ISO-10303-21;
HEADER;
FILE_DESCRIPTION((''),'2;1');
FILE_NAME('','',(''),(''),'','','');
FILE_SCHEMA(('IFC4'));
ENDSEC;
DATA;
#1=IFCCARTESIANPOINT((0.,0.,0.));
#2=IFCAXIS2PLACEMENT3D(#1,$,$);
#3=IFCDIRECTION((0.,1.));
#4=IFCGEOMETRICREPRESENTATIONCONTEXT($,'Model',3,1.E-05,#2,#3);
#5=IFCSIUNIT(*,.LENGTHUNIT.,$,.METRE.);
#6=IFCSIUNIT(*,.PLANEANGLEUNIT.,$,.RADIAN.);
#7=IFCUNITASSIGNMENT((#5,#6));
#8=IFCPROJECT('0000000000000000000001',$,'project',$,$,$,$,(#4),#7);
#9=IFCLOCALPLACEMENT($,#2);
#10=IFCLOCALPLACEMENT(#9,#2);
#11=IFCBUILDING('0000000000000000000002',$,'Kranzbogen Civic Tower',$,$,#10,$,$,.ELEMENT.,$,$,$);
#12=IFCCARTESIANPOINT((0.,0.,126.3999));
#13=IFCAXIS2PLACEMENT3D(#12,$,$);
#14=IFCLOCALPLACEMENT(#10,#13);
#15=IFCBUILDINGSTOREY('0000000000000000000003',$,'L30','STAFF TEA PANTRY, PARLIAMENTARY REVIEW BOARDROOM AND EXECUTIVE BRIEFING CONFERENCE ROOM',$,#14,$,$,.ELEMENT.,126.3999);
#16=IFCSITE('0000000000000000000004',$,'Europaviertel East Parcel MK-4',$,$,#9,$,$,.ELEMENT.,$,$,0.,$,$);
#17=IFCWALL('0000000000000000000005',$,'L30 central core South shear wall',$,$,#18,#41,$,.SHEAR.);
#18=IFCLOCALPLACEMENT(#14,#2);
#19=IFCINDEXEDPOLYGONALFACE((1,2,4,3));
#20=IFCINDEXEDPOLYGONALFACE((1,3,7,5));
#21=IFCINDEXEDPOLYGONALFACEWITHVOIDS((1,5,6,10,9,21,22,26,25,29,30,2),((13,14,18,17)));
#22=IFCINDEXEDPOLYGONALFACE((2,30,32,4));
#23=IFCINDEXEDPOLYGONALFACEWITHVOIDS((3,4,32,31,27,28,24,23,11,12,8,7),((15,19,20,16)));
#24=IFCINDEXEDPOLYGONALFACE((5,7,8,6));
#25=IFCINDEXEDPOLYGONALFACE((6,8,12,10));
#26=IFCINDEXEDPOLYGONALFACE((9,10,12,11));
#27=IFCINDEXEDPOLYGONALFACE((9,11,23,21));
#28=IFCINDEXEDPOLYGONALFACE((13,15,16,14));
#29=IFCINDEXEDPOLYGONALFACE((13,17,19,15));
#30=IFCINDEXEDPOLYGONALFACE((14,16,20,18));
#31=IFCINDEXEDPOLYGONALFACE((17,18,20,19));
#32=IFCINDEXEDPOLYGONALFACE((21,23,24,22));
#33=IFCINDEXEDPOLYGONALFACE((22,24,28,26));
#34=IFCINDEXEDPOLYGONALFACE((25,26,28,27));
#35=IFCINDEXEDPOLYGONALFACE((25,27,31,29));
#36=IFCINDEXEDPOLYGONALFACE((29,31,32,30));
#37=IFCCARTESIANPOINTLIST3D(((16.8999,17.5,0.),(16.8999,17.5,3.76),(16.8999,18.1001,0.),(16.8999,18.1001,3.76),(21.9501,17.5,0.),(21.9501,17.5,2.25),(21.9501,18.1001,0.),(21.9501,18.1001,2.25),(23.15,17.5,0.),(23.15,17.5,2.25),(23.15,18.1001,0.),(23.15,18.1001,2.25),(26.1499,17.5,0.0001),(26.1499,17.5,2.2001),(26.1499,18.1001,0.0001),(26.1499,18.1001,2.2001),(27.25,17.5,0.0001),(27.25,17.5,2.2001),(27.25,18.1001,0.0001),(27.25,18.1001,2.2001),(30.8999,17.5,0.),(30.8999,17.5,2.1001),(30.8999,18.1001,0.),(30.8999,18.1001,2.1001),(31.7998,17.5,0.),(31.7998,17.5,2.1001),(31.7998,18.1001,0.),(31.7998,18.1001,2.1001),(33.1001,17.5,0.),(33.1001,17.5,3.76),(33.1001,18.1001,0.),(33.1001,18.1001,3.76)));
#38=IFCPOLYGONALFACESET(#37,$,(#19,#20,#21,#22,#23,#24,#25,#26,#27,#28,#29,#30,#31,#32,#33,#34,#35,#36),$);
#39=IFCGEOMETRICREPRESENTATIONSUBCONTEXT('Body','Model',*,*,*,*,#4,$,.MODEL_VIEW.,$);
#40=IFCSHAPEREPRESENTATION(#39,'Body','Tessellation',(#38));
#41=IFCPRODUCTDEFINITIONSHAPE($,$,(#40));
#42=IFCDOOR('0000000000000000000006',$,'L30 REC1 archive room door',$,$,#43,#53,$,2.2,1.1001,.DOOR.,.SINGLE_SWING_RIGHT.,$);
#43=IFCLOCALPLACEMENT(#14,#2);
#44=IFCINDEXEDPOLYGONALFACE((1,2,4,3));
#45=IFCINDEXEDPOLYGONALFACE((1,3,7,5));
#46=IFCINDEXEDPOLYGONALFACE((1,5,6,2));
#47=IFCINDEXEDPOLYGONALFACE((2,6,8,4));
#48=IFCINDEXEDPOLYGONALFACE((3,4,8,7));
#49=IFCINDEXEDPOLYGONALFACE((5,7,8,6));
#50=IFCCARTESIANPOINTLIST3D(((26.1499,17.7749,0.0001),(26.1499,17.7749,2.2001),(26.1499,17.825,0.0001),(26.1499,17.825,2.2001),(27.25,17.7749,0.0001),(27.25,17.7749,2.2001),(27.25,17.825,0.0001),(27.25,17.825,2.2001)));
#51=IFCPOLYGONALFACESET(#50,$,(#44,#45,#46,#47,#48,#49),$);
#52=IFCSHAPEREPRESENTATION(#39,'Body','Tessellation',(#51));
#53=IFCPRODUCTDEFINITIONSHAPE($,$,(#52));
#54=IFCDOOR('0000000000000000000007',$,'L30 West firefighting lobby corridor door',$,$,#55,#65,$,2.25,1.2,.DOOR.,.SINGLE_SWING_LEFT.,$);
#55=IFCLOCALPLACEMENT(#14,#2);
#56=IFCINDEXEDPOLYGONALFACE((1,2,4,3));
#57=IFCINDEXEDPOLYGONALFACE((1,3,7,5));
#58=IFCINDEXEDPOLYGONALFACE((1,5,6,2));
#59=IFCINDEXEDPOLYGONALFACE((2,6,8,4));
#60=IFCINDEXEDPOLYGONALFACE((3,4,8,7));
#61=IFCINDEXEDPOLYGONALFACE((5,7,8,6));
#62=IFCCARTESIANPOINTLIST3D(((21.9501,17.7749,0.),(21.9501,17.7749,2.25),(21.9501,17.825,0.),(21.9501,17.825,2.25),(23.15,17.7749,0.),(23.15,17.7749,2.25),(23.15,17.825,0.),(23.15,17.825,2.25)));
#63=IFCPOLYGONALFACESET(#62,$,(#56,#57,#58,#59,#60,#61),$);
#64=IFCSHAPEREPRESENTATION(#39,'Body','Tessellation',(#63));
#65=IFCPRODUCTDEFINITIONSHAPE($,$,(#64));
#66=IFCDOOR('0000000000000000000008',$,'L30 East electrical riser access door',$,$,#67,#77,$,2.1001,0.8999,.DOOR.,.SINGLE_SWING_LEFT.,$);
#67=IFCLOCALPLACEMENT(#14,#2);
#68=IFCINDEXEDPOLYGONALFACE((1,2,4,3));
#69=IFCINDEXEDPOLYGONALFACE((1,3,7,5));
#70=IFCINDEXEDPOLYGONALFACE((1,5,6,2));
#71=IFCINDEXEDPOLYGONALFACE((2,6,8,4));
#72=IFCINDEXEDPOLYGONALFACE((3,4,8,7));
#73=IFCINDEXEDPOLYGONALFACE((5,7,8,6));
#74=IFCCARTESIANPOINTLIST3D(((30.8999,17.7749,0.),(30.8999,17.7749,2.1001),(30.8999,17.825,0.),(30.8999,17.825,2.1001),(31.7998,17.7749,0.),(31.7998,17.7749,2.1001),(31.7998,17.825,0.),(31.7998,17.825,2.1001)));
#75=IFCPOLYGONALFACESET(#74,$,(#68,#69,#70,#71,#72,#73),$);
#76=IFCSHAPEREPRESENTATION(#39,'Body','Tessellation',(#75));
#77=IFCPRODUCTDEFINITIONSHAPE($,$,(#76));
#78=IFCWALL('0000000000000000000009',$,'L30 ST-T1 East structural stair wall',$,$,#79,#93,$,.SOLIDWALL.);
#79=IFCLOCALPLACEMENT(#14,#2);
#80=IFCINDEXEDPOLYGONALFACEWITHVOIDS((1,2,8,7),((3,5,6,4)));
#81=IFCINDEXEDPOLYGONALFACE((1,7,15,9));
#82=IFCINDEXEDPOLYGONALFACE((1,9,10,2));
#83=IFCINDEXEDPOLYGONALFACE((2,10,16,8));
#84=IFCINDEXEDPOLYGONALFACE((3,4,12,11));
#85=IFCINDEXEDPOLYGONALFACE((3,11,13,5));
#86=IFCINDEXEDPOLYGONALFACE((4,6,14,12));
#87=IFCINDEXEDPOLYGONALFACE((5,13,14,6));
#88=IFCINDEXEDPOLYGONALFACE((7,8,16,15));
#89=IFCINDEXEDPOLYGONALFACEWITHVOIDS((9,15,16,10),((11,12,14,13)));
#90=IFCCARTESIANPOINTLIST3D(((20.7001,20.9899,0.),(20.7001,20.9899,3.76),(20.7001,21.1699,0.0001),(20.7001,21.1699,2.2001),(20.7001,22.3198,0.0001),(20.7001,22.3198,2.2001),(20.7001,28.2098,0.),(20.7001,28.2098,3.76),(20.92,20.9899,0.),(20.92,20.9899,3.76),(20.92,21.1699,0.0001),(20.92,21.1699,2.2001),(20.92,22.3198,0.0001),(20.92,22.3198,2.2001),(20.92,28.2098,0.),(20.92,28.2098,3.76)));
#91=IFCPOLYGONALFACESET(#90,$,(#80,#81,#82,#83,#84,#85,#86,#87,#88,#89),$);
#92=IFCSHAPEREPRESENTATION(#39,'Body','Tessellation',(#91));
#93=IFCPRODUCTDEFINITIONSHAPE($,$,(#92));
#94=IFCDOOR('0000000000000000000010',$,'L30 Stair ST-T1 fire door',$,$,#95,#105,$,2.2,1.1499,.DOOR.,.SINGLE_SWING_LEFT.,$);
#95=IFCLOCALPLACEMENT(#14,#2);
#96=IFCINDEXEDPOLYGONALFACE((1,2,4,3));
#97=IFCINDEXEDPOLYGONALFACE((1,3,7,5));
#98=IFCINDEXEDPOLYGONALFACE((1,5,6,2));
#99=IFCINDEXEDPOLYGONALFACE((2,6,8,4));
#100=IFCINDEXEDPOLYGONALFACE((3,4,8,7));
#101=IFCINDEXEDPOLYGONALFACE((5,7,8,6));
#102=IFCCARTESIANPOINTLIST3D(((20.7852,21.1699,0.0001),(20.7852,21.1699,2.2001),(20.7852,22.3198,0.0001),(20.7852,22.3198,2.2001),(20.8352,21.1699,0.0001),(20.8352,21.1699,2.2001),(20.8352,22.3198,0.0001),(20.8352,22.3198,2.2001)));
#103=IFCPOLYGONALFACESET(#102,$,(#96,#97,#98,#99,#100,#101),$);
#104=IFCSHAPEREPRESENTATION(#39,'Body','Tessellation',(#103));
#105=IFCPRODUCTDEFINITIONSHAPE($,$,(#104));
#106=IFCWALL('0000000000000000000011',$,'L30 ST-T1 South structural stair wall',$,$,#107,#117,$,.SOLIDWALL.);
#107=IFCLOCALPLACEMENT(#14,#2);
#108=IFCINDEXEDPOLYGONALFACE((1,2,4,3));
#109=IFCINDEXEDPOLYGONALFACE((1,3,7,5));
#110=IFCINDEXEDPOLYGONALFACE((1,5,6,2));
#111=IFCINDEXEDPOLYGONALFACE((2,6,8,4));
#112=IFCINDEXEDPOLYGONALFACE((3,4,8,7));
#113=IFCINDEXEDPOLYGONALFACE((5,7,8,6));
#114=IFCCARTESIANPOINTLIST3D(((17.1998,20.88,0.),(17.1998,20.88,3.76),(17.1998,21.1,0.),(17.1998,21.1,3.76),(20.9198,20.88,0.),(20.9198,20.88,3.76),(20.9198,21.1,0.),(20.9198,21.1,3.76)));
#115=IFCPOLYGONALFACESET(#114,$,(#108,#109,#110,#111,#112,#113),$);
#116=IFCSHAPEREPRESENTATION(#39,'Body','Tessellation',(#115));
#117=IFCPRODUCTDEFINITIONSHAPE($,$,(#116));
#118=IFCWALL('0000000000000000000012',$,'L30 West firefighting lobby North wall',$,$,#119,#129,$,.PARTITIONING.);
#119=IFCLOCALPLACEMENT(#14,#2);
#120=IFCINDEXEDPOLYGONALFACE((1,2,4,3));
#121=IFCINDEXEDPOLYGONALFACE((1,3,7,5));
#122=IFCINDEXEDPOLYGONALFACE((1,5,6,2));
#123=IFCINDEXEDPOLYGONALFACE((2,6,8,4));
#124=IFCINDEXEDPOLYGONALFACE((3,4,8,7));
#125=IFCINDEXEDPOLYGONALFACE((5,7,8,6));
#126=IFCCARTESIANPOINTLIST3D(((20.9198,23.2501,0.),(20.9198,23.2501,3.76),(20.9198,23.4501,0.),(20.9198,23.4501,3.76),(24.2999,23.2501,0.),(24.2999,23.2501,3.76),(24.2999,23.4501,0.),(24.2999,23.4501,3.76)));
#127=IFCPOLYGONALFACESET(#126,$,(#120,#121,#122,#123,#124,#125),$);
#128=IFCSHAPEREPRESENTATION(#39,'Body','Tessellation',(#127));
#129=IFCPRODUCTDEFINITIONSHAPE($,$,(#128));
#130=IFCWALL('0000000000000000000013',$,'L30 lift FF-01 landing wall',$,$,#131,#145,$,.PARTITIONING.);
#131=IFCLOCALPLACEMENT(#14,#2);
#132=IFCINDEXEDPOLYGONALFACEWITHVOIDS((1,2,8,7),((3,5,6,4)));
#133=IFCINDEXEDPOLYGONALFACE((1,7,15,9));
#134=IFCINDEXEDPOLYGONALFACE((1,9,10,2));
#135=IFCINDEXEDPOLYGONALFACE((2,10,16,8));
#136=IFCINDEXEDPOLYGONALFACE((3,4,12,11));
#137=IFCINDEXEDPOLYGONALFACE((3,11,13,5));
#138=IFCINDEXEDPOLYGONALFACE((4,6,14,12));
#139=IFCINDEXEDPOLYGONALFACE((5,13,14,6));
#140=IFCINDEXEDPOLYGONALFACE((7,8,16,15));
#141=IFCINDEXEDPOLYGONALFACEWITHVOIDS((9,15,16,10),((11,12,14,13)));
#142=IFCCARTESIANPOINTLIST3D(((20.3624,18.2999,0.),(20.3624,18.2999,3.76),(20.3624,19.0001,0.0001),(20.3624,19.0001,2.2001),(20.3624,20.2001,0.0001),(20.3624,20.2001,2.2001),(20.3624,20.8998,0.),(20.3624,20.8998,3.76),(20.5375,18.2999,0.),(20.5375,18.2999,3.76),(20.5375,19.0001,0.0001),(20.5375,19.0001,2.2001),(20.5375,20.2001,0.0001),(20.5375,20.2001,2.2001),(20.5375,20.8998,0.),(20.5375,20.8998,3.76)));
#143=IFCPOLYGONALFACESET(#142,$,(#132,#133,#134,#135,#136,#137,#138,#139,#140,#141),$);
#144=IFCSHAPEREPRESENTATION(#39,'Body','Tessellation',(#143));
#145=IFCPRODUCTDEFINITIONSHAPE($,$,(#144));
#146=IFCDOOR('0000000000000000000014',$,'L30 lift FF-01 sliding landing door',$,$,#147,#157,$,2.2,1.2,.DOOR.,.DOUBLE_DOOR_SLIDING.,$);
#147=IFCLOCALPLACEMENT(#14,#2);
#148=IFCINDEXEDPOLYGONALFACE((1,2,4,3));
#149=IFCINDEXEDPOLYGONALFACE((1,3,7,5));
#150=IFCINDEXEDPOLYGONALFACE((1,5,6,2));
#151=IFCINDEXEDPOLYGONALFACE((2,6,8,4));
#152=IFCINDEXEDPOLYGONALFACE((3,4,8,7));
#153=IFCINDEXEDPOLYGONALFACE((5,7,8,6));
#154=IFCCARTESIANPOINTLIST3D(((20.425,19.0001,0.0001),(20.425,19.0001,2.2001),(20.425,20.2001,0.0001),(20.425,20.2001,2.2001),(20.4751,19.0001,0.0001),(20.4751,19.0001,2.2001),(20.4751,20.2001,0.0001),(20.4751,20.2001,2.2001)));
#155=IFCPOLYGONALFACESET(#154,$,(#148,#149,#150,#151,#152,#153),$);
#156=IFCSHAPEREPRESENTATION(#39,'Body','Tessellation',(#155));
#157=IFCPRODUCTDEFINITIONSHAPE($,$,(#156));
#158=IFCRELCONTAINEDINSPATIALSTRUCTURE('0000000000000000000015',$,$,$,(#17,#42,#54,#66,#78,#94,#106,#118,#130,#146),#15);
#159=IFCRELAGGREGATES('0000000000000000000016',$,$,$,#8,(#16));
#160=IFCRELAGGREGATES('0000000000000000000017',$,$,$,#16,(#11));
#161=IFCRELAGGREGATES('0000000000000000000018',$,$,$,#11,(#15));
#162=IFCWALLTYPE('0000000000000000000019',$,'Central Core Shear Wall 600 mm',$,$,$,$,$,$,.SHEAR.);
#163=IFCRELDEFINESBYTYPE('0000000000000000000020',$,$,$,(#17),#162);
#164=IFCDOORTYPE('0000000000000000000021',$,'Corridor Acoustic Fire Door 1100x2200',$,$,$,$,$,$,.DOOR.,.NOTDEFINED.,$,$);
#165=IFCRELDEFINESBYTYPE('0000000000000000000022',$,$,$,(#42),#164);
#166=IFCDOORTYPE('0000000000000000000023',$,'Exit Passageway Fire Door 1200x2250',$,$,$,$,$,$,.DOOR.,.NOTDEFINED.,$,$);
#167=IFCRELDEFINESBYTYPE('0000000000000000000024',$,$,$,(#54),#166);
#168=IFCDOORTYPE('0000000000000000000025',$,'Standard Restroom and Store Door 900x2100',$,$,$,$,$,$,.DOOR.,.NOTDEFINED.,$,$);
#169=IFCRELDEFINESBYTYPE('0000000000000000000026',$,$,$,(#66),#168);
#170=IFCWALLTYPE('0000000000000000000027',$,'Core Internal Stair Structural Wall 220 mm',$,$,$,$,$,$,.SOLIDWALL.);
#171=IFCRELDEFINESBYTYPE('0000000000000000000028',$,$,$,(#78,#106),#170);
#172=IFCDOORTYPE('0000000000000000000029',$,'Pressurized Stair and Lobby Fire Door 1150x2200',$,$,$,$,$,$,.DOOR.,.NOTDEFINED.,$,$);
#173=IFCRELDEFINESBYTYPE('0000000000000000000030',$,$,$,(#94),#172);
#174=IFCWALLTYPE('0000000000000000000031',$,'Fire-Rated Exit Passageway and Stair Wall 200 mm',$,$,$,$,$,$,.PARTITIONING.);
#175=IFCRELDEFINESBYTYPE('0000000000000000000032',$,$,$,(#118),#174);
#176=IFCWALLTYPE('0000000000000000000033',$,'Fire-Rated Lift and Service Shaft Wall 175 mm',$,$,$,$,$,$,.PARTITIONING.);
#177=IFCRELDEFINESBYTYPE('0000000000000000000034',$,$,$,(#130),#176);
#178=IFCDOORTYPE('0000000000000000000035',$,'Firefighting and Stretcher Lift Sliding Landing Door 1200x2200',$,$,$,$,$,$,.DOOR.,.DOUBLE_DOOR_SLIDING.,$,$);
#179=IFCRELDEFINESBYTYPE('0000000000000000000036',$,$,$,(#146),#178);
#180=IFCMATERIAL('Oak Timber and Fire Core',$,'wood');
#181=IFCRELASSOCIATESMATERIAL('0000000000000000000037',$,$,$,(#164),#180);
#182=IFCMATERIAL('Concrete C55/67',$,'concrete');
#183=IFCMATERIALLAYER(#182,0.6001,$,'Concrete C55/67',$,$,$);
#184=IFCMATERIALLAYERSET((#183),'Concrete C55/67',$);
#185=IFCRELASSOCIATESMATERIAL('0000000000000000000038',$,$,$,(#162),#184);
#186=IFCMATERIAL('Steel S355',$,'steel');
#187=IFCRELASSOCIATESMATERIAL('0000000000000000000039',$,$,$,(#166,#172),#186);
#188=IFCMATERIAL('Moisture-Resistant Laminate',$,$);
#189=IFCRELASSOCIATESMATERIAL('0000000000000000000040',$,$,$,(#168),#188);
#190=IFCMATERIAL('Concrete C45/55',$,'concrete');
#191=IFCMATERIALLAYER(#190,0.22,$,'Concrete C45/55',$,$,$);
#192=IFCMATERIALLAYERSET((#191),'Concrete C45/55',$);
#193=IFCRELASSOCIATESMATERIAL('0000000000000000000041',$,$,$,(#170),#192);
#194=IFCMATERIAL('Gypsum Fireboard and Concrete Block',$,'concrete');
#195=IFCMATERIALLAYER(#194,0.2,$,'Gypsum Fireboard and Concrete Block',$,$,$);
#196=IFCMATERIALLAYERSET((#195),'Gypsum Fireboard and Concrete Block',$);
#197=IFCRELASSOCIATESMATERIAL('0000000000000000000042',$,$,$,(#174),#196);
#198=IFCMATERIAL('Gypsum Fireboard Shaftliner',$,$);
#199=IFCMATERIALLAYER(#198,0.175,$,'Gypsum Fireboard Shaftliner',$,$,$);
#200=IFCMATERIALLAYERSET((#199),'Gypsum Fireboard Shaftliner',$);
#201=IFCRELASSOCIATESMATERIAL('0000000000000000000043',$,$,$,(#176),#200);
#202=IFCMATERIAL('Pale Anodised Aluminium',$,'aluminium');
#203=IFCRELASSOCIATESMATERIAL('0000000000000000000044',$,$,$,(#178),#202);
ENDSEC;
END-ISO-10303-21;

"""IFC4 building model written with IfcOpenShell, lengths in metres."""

from ifc_helpers import new_model, si_unit, direction, frame, frame_2d, origin, place, context, subcontext, project, spatial, rectangle, extrude, material, layer, layer_set, type_object, element, fill, save


model = new_model("IFC4")

# Units and contexts
model_context = context("Model", 3, precision=1e-05, world=origin(), true_north=direction((0.0, 1.0)))
body_context = subcontext(model_context, "Body", "Model", "MODEL_VIEW")
ifc_project = project(units=[si_unit("LENGTHUNIT", "METRE"), si_unit("PLANEANGLEUNIT", "RADIAN")], contexts=[model_context])

# Site, building, storey
site_placement = place(None, origin())
site = spatial("IfcSite", under=ifc_project, at=site_placement, Name="Europaviertel East Parcel MK-4", CompositionType="ELEMENT", RefElevation=0.0)
building_placement = place(site_placement, origin())
building = spatial("IfcBuilding", under=site, at=building_placement, Name="Kranzbogen Civic Tower", CompositionType="ELEMENT")
storey_placement = place(building_placement, frame((0.0, 0.0, 126.3999)))
storey = spatial("IfcBuildingStorey", under=building, at=storey_placement, Name="L30", Description="STAFF TEA PANTRY, PARLIAMENTARY REVIEW BOARDROOM AND EXECUTIVE BRIEFING CONFERENCE ROOM", CompositionType="ELEMENT", Elevation=126.3999)

# Shared definitions
ifc_material_1 = material(Name="Steel S355", Category="steel")

# Shared definitions
ifc_material_2 = material(Name="Oak Timber and Fire Core", Category="wood")
door_type_1 = type_object("IfcDoorType", Name="Corridor Acoustic Fire Door 1100x2200", OperationType="NOTDEFINED", PredefinedType="DOOR", material=ifc_material_2)

# Wall, openings, doors
ifc_material_3 = material(Name="Concrete C55/67", Category="concrete")
ifc_layer_1 = layer(ifc_material_3, 0.6001, Name="Concrete C55/67")
ifc_layer_set_1 = layer_set([ifc_layer_1], Name="Concrete C55/67")
wall_type_1 = type_object("IfcWallType", Name="Central Core Shear Wall 600 mm", PredefinedType="SHEAR", material=ifc_layer_set_1)
wall_1_placement = place(storey_placement, frame((16.8999, 17.8, 0.0), z_axis=(0.0, 0.0, 1.0), x_axis=(1.0, 0.0, 0.0)))
wall_1 = element("IfcWall", 1, at=wall_1_placement, inside=storey, type_object=wall_type_1, Name="L30 central core South shear wall", PredefinedType="SHEAR", context=body_context, shape_type="SweptSolid", body=[
    extrude(rectangle(XDim=16.2002, YDim=0.6001, at=frame_2d((8.1001, 0.0))), origin(), (0.0, 0.0, 1.0), 3.76),
])
opening_1_placement = place(wall_1_placement, frame((5.05, 0.0, 0.0)))
opening_1 = element("IfcOpeningElement", 2, at=opening_1_placement, cuts=wall_1, PredefinedType="OPENING", context=body_context, shape_type="SweptSolid", body=[
    extrude(rectangle(XDim=1.2, YDim=2.25, at=frame_2d((0.6001, 1.125))), frame((0.0, 0.3101, 0.0), z_axis=(0.0, -1.0, 0.0), x_axis=(1.0, 0.0, 0.0)), (0.0, 0.0, 1.0), 0.6201),
])
opening_2_placement = place(wall_1_placement, frame((14.0, 0.0, 0.0)))
opening_2 = element("IfcOpeningElement", 3, at=opening_2_placement, cuts=wall_1, PredefinedType="OPENING", context=body_context, shape_type="SweptSolid", body=[
    extrude(rectangle(XDim=0.8999, YDim=2.1001, at=frame_2d((0.45, 1.05))), frame((0.0, 0.3101, 0.0), z_axis=(0.0, -1.0, 0.0), x_axis=(1.0, 0.0, 0.0)), (0.0, 0.0, 1.0), 0.6201),
])
opening_3_placement = place(wall_1_placement, frame((9.25, 0.0, 0.0)))
opening_3 = element("IfcOpeningElement", 4, at=opening_3_placement, cuts=wall_1, PredefinedType="OPENING", context=body_context, shape_type="SweptSolid", body=[
    extrude(rectangle(XDim=1.1001, YDim=2.2, at=frame_2d((0.55, 1.1001))), frame((0.0, 0.3101, 0.0), z_axis=(0.0, -1.0, 0.0), x_axis=(1.0, 0.0, 0.0)), (0.0, 0.0, 1.0), 0.6201),
])
door_1_placement = place(opening_3_placement, origin())
door_1 = element("IfcDoor", 5, at=door_1_placement, inside=storey, type_object=door_type_1, Name="L30 REC1 archive room door", OperationType="SINGLE_SWING_RIGHT", OverallHeight=2.2, OverallWidth=1.1001, PredefinedType="DOOR", context=body_context, shape_type="SweptSolid", body=[
    extrude(rectangle(XDim=1.1001, YDim=2.2, at=frame_2d((0.55, 1.1001))), frame((0.0, 0.0249, 0.0), z_axis=(0.0, -1.0, 0.0), x_axis=(1.0, 0.0, 0.0)), (0.0, 0.0, 1.0), 0.05),
])
fill(opening_3, door_1)
door_type_2 = type_object("IfcDoorType", Name="Exit Passageway Fire Door 1200x2250", OperationType="NOTDEFINED", PredefinedType="DOOR", material=ifc_material_1)
door_2_placement = place(opening_1_placement, origin())
door_2 = element("IfcDoor", 6, at=door_2_placement, inside=storey, type_object=door_type_2, Name="L30 West firefighting lobby corridor door", OperationType="SINGLE_SWING_LEFT", OverallHeight=2.25, OverallWidth=1.2, PredefinedType="DOOR", context=body_context, shape_type="SweptSolid", body=[
    extrude(rectangle(XDim=1.2, YDim=2.25, at=frame_2d((0.6001, 1.125))), frame((0.0, 0.0249, 0.0), z_axis=(0.0, -1.0, 0.0), x_axis=(1.0, 0.0, 0.0)), (0.0, 0.0, 1.0), 0.05),
])
fill(opening_1, door_2)
ifc_material_4 = material(Name="Moisture-Resistant Laminate")
door_type_3 = type_object("IfcDoorType", Name="Standard Restroom and Store Door 900x2100", OperationType="NOTDEFINED", PredefinedType="DOOR", material=ifc_material_4)
door_3_placement = place(opening_2_placement, origin())
door_3 = element("IfcDoor", 7, at=door_3_placement, inside=storey, type_object=door_type_3, Name="L30 East electrical riser access door", OperationType="SINGLE_SWING_LEFT", OverallHeight=2.1001, OverallWidth=0.8999, PredefinedType="DOOR", context=body_context, shape_type="SweptSolid", body=[
    extrude(rectangle(XDim=0.8999, YDim=2.1001, at=frame_2d((0.45, 1.05))), frame((0.0, 0.0249, 0.0), z_axis=(0.0, -1.0, 0.0), x_axis=(1.0, 0.0, 0.0)), (0.0, 0.0, 1.0), 0.05),
])
fill(opening_2, door_3)

# Wall, opening, door
ifc_material_5 = material(Name="Concrete C45/55", Category="concrete")
ifc_layer_2 = layer(ifc_material_5, 0.22, Name="Concrete C45/55")
ifc_layer_set_2 = layer_set([ifc_layer_2], Name="Concrete C45/55")
wall_type_2 = type_object("IfcWallType", Name="Core Internal Stair Structural Wall 220 mm", PredefinedType="SOLIDWALL", material=ifc_layer_set_2)
wall_2_placement = place(storey_placement, frame((20.8101, 20.99, 0.0), z_axis=(0.0, 0.0, 1.0), x_axis=(0.0, 1.0, 0.0)))
wall_2 = element("IfcWall", 8, at=wall_2_placement, inside=storey, type_object=wall_type_2, Name="L30 ST-T1 East structural stair wall", PredefinedType="SOLIDWALL", context=body_context, shape_type="SweptSolid", body=[
    extrude(rectangle(XDim=7.22, YDim=0.22, at=frame_2d((3.6099, 0.0))), origin(), (0.0, 0.0, 1.0), 3.76),
])
opening_4_placement = place(wall_2_placement, frame((0.1799, 0.0, 0.0)))
opening_4 = element("IfcOpeningElement", 9, at=opening_4_placement, cuts=wall_2, PredefinedType="OPENING", context=body_context, shape_type="SweptSolid", body=[
    extrude(rectangle(XDim=1.1499, YDim=2.2, at=frame_2d((0.575, 1.1001))), frame((0.0, 0.1201, 0.0), z_axis=(0.0, -1.0, 0.0), x_axis=(1.0, 0.0, 0.0)), (0.0, 0.0, 1.0), 0.24),
])
door_type_4 = type_object("IfcDoorType", Name="Pressurized Stair and Lobby Fire Door 1150x2200", OperationType="NOTDEFINED", PredefinedType="DOOR", material=ifc_material_1)
door_4_placement = place(opening_4_placement, origin())
door_4 = element("IfcDoor", 10, at=door_4_placement, inside=storey, type_object=door_type_4, Name="L30 Stair ST-T1 fire door", OperationType="SINGLE_SWING_LEFT", OverallHeight=2.2, OverallWidth=1.1499, PredefinedType="DOOR", context=body_context, shape_type="SweptSolid", body=[
    extrude(rectangle(XDim=1.1499, YDim=2.2, at=frame_2d((0.575, 1.1001))), frame((0.0, 0.0249, 0.0), z_axis=(0.0, -1.0, 0.0), x_axis=(1.0, 0.0, 0.0)), (0.0, 0.0, 1.0), 0.05),
])
fill(opening_4, door_4)

# Walls
wall_3_placement = place(storey_placement, frame((17.2, 20.99, 0.0), z_axis=(0.0, 0.0, 1.0), x_axis=(1.0, 0.0, 0.0)))
element("IfcWall", 11, at=wall_3_placement, inside=storey, type_object=wall_type_2, Name="L30 ST-T1 South structural stair wall", PredefinedType="SOLIDWALL", context=body_context, shape_type="SweptSolid", body=[
    extrude(rectangle(XDim=3.72, YDim=0.22, at=frame_2d((1.8599, 0.0))), origin(), (0.0, 0.0, 1.0), 3.76),
])
ifc_material_6 = material(Name="Gypsum Fireboard and Concrete Block", Category="concrete")
ifc_layer_3 = layer(ifc_material_6, 0.2, Name="Gypsum Fireboard and Concrete Block")
ifc_layer_set_3 = layer_set([ifc_layer_3], Name="Gypsum Fireboard and Concrete Block")
wall_type_3 = type_object("IfcWallType", Name="Fire-Rated Exit Passageway and Stair Wall 200 mm", PredefinedType="PARTITIONING", material=ifc_layer_set_3)
wall_4_placement = place(storey_placement, frame((20.9199, 23.3501, 0.0), z_axis=(0.0, 0.0, 1.0), x_axis=(1.0, 0.0, 0.0)))
element("IfcWall", 12, at=wall_4_placement, inside=storey, type_object=wall_type_3, Name="L30 West firefighting lobby North wall", PredefinedType="PARTITIONING", context=body_context, shape_type="SweptSolid", body=[
    extrude(rectangle(XDim=3.3801, YDim=0.2, at=frame_2d((1.6899, 0.0))), origin(), (0.0, 0.0, 1.0), 3.76),
])

# Wall, opening, door
ifc_material_7 = material(Name="Gypsum Fireboard Shaftliner")
ifc_layer_4 = layer(ifc_material_7, 0.175, Name="Gypsum Fireboard Shaftliner")
ifc_layer_set_4 = layer_set([ifc_layer_4], Name="Gypsum Fireboard Shaftliner")
wall_type_4 = type_object("IfcWallType", Name="Fire-Rated Lift and Service Shaft Wall 175 mm", PredefinedType="PARTITIONING", material=ifc_layer_set_4)
wall_5_placement = place(storey_placement, frame((20.45, 18.3, 0.0), z_axis=(0.0, 0.0, 1.0), x_axis=(0.0, 1.0, 0.0)))
wall_5 = element("IfcWall", 13, at=wall_5_placement, inside=storey, type_object=wall_type_4, Name="L30 lift FF-01 landing wall", PredefinedType="PARTITIONING", context=body_context, shape_type="SweptSolid", body=[
    extrude(rectangle(XDim=2.5999, YDim=0.175, at=frame_2d((1.2998, 0.0))), origin(), (0.0, 0.0, 1.0), 3.76),
])
opening_5_placement = place(wall_5_placement, frame((0.7, 0.0, 0.0)))
opening_5 = element("IfcOpeningElement", 14, at=opening_5_placement, cuts=wall_5, PredefinedType="OPENING", context=body_context, shape_type="SweptSolid", body=[
    extrude(rectangle(XDim=1.2, YDim=2.2, at=frame_2d((0.6001, 1.1001))), frame((0.0, 0.0977, 0.0), z_axis=(0.0, -1.0, 0.0), x_axis=(1.0, 0.0, 0.0)), (0.0, 0.0, 1.0), 0.1951),
])
ifc_material_8 = material(Name="Pale Anodised Aluminium", Category="aluminium")
door_type_5 = type_object("IfcDoorType", Name="Firefighting and Stretcher Lift Sliding Landing Door 1200x2200", OperationType="DOUBLE_DOOR_SLIDING", PredefinedType="DOOR", material=ifc_material_8)
door_5_placement = place(opening_5_placement, origin())
door_5 = element("IfcDoor", 15, at=door_5_placement, inside=storey, type_object=door_type_5, Name="L30 lift FF-01 sliding landing door", OperationType="DOUBLE_DOOR_SLIDING", OverallHeight=2.2, OverallWidth=1.2, PredefinedType="DOOR", context=body_context, shape_type="SweptSolid", body=[
    extrude(rectangle(XDim=1.2, YDim=2.2, at=frame_2d((0.6001, 1.1001))), frame((0.0, 0.0249, 0.0), z_axis=(0.0, -1.0, 0.0), x_axis=(1.0, 0.0, 0.0)), (0.0, 0.0, 1.0), 0.05),
])
fill(opening_5, door_5)

save(model, "model.ifc")
